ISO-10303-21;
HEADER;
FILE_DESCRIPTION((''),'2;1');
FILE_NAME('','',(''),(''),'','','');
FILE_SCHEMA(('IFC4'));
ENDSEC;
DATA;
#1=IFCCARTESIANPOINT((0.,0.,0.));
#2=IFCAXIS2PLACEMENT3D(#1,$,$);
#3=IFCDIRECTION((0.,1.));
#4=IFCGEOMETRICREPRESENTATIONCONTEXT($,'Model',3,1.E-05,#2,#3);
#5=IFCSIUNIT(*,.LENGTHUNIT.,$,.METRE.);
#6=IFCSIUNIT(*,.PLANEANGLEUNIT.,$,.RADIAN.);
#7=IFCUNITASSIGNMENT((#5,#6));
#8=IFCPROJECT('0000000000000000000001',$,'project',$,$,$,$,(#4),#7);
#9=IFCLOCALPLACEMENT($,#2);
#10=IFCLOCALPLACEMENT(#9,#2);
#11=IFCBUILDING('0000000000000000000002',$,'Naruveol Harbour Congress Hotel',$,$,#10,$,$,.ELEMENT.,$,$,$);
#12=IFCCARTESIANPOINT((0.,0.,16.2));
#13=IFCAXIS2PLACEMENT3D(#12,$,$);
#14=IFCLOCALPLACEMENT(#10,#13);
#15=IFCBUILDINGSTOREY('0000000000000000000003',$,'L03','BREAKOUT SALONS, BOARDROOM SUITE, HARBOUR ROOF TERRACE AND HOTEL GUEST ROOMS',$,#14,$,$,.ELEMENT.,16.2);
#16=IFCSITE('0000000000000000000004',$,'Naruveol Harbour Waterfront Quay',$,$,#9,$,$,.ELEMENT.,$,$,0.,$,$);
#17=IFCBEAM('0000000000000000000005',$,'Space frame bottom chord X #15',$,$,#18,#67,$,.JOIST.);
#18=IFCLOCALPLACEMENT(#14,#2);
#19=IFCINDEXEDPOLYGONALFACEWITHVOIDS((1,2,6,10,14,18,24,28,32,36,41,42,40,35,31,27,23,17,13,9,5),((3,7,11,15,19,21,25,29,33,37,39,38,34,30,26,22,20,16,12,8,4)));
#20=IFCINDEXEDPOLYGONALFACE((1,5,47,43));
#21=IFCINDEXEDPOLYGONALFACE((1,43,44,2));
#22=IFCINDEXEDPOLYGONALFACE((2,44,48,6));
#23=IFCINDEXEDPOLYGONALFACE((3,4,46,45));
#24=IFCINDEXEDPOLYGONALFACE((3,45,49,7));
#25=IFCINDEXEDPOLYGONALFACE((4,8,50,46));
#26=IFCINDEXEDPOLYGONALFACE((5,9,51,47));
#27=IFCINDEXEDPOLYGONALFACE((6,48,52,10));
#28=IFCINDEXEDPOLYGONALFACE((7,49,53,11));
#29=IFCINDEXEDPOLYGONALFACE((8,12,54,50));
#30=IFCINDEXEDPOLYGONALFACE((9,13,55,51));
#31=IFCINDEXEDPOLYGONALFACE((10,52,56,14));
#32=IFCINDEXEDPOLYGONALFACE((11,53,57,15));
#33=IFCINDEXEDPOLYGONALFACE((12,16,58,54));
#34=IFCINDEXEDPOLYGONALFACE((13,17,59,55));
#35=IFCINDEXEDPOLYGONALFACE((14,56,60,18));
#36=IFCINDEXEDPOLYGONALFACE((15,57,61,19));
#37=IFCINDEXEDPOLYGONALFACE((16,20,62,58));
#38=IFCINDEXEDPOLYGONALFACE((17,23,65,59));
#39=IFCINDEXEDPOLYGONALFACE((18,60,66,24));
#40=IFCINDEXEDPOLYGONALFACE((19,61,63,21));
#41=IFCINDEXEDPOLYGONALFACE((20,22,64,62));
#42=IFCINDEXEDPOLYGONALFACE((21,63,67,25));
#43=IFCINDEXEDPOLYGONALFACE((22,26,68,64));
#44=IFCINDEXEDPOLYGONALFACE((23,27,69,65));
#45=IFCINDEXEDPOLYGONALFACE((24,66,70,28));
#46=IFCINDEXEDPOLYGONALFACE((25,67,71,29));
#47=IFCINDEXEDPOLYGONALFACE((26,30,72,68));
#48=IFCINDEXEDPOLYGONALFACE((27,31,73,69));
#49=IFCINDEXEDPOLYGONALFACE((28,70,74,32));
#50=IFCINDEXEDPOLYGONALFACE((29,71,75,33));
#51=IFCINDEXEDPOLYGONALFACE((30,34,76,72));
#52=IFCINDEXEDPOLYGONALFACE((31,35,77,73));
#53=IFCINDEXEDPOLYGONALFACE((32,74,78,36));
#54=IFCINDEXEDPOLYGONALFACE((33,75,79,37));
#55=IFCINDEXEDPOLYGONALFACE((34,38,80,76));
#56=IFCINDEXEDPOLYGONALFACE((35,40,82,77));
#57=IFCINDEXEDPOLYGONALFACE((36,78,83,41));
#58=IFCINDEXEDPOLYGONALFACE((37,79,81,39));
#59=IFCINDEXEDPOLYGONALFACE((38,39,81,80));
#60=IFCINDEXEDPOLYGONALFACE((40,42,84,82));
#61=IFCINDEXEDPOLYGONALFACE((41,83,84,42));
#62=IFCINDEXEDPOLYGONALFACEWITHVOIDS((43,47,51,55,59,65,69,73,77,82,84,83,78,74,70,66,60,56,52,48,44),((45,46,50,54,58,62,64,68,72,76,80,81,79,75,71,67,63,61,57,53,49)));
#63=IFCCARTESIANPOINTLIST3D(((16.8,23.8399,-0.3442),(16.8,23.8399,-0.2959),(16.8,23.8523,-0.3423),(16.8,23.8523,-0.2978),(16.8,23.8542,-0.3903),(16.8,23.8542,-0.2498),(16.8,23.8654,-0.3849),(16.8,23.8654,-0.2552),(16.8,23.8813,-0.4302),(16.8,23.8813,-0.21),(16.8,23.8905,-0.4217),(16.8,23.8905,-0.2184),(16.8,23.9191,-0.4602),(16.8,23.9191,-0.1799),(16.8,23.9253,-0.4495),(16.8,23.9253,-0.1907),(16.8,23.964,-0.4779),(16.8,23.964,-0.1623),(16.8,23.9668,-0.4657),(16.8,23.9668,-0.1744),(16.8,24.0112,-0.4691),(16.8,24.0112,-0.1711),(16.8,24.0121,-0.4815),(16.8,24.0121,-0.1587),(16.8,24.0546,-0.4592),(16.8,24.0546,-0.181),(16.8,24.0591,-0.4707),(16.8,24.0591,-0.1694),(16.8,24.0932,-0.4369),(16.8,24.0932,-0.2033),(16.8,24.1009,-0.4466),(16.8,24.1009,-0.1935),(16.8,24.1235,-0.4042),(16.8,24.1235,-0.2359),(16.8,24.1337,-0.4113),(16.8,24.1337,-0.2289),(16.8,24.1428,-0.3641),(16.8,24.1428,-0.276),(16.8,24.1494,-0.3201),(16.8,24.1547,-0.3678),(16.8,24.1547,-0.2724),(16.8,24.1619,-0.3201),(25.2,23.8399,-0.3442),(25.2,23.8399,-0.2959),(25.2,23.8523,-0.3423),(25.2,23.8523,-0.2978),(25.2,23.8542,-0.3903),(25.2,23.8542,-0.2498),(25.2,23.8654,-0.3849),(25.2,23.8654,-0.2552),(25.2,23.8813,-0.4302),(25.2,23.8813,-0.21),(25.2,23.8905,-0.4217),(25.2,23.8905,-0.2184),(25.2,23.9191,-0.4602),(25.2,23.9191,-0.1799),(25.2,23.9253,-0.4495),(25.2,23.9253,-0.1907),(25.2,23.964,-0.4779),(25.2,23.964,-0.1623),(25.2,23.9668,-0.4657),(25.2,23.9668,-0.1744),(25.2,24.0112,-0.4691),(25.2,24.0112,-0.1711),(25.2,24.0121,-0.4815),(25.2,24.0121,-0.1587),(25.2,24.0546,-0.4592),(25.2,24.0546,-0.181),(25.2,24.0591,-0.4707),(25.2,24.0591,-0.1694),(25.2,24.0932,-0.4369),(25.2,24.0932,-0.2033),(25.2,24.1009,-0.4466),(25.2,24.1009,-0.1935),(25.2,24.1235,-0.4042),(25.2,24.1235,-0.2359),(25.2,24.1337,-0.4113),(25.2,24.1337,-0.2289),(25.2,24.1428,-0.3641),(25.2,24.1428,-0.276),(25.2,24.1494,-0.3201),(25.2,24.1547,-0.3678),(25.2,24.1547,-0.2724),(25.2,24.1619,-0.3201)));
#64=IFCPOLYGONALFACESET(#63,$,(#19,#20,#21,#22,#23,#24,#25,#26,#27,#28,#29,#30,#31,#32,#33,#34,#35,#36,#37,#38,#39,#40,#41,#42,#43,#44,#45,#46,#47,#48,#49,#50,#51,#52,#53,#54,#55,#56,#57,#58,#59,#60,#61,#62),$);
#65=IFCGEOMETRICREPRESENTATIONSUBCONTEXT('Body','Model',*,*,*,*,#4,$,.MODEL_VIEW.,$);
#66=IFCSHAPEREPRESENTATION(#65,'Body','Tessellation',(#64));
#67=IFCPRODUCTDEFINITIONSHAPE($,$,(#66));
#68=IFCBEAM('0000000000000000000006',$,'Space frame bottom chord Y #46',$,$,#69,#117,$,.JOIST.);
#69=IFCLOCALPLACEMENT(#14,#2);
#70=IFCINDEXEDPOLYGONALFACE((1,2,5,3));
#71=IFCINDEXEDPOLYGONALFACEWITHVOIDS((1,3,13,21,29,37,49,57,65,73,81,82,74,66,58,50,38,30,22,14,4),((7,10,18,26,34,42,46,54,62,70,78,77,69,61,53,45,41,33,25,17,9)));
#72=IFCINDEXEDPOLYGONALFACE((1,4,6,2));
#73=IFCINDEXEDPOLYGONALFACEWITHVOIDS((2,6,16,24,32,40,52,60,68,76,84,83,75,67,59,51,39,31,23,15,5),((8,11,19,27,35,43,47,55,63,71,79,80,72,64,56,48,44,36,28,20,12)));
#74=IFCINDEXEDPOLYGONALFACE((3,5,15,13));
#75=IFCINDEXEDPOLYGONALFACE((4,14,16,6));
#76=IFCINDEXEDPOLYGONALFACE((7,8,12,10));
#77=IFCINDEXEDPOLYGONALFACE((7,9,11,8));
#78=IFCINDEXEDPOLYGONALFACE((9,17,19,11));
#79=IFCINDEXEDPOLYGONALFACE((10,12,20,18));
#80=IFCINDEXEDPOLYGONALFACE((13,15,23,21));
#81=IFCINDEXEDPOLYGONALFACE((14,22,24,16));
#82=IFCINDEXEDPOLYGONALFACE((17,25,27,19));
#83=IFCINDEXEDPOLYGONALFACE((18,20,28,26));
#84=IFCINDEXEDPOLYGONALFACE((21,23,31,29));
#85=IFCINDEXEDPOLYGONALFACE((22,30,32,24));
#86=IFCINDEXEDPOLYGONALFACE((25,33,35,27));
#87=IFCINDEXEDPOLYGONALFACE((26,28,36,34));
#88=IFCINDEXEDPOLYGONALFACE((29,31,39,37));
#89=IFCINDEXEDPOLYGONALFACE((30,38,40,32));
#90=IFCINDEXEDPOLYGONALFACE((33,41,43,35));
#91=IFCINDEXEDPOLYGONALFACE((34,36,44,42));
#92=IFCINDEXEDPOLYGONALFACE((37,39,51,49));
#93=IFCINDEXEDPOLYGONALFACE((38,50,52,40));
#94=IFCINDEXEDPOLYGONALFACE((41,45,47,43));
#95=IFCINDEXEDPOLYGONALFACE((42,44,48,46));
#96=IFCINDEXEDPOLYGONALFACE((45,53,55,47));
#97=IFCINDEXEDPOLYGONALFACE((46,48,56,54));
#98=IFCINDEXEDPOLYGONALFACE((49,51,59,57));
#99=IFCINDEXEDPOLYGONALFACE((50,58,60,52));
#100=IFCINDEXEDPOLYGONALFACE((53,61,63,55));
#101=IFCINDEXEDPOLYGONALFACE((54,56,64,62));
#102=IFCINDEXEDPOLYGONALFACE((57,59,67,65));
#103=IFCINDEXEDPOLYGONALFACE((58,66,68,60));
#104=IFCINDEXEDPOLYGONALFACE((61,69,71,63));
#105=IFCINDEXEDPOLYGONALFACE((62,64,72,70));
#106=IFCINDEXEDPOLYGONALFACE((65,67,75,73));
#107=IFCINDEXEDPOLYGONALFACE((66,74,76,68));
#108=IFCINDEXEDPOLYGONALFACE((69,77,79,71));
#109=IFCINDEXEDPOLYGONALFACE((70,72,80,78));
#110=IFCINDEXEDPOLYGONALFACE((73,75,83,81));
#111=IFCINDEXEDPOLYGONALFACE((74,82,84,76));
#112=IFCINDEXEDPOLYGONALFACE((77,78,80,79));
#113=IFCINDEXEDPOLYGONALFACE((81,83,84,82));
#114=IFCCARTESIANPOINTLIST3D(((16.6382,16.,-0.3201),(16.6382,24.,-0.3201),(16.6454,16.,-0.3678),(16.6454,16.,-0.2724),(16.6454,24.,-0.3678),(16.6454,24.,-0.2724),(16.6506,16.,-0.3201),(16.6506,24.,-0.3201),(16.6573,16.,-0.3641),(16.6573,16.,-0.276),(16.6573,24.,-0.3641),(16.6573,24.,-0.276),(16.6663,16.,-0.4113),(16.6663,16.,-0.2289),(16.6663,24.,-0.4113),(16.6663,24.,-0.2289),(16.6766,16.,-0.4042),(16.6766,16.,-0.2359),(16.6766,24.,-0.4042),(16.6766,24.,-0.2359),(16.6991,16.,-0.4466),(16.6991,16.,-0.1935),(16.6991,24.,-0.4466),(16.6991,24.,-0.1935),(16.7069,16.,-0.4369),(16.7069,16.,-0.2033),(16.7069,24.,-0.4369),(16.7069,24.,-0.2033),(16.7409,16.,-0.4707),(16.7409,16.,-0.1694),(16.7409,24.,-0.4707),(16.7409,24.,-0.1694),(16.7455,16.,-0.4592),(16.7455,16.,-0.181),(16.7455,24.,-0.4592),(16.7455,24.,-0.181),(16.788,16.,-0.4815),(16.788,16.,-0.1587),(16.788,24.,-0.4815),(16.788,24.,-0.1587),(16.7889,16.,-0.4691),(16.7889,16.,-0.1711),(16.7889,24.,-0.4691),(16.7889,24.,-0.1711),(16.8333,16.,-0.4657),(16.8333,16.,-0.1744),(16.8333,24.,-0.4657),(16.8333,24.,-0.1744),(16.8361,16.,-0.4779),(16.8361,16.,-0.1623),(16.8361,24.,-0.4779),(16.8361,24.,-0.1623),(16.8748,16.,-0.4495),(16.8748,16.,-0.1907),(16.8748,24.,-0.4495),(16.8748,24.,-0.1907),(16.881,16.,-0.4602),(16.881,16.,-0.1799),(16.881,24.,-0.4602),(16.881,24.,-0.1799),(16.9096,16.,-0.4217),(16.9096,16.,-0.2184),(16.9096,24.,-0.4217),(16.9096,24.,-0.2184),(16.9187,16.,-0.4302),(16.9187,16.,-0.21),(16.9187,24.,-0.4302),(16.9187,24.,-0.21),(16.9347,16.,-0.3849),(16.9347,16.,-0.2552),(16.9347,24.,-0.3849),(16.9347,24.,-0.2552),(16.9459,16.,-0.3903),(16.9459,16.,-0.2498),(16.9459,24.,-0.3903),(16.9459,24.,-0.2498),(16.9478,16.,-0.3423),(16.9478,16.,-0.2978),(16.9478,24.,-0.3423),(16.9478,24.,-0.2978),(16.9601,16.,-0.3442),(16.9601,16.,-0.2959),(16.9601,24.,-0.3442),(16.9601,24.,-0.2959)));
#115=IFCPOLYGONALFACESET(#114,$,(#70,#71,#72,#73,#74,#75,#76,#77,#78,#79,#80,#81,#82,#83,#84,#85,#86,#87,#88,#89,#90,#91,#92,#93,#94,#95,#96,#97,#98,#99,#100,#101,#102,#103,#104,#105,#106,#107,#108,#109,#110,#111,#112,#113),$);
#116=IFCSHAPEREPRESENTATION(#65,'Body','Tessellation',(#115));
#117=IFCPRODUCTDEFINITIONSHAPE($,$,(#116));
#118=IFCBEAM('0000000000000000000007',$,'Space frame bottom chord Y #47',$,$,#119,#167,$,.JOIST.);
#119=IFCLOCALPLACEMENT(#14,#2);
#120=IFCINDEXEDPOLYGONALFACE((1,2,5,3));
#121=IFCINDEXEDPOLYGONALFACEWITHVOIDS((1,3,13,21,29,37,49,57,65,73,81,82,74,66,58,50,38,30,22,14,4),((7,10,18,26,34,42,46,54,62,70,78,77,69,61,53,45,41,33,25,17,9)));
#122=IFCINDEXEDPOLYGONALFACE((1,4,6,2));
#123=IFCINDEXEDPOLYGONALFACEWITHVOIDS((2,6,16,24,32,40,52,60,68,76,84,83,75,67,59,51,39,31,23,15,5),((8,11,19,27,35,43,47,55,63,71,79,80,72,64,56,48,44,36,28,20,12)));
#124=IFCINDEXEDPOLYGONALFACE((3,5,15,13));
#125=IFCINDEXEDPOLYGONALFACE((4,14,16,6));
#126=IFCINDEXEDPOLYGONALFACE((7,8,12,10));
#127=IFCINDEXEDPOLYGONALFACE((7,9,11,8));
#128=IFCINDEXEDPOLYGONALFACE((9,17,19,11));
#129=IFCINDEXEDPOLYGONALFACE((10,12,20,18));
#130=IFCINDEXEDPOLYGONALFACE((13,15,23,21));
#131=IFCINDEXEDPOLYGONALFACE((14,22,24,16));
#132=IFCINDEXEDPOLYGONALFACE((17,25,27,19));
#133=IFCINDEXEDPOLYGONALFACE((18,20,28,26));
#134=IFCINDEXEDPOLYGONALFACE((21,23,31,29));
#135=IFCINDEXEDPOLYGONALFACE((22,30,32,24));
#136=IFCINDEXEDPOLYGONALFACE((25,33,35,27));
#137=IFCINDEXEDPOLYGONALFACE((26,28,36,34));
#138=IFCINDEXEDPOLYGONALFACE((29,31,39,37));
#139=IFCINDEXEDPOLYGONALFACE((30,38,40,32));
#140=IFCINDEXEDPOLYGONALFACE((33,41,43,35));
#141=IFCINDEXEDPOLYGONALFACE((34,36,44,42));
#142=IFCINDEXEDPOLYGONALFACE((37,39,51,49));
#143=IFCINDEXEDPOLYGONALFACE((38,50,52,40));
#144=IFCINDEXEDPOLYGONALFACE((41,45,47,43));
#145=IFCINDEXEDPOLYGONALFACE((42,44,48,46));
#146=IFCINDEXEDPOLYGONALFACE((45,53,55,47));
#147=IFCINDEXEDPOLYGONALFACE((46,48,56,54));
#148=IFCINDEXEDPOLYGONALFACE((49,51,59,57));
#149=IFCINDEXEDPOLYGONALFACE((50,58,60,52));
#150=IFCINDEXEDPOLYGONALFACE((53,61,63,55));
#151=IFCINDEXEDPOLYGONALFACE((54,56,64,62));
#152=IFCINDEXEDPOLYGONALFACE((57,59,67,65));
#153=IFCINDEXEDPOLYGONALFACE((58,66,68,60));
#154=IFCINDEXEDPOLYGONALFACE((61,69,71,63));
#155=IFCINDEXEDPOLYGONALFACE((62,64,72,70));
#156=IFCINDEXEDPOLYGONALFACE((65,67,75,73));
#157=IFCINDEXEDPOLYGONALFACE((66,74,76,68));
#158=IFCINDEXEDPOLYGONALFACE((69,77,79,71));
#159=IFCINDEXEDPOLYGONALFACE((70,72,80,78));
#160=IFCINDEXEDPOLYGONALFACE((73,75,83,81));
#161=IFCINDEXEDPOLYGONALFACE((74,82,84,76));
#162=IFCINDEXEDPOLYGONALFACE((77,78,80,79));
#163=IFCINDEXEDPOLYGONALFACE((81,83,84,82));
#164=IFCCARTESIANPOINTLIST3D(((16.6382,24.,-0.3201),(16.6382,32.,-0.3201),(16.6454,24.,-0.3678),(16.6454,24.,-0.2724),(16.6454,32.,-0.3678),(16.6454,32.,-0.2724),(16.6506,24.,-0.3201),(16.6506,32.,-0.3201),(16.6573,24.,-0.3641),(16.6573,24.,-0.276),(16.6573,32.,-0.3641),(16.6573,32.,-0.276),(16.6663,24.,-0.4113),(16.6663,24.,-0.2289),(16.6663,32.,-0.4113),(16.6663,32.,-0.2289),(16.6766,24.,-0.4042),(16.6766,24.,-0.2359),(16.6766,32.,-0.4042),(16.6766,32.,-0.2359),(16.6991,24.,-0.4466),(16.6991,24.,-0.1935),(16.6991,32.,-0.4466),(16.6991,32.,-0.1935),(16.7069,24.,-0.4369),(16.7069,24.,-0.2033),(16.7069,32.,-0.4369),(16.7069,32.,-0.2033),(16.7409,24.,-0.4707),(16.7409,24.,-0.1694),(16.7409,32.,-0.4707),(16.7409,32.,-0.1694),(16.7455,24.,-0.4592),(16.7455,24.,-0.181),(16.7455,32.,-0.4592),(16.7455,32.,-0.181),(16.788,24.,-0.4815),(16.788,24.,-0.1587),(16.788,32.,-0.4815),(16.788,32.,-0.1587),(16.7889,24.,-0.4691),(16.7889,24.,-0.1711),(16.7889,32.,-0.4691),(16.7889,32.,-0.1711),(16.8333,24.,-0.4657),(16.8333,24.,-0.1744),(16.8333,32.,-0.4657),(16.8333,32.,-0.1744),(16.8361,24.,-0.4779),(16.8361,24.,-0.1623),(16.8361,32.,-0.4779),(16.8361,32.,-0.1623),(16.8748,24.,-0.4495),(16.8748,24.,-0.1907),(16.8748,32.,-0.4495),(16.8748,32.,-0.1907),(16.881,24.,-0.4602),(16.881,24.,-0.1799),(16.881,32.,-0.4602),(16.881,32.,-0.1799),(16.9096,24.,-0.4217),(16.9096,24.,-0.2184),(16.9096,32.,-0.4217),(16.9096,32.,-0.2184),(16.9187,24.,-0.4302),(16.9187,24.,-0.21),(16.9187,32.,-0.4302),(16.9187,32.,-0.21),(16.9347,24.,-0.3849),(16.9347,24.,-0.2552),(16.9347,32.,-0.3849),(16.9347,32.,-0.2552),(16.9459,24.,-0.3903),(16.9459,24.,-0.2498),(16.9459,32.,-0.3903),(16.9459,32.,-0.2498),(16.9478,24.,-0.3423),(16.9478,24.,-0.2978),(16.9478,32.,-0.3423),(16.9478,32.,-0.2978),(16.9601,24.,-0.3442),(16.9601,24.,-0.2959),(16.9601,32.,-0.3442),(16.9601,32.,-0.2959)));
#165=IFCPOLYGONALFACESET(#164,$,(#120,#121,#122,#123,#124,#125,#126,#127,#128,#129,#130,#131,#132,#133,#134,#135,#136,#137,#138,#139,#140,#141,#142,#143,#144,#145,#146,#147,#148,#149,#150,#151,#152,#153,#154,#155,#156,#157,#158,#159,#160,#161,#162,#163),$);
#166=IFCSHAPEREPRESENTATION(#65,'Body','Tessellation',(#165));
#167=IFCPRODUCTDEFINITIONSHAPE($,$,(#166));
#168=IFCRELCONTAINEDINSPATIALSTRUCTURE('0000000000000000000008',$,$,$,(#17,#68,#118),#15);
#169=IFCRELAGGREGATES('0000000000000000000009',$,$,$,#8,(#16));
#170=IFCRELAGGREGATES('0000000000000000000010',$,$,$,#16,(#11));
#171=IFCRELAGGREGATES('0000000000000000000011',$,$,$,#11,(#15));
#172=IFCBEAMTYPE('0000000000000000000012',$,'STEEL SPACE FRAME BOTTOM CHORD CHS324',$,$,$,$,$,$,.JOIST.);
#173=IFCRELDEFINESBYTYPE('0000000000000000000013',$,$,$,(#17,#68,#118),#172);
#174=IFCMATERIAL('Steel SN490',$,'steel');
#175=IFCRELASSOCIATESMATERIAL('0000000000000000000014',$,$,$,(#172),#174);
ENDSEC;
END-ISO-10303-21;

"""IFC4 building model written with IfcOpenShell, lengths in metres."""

from ifc_helpers import new_model, si_unit, direction, frame, origin, origin_2d, place, context, subcontext, project, spatial, hollow_circle, extrude, material, material_profile, profile_set, type_object, element, save


model = new_model("IFC4")

# Units and contexts
model_context = context("Model", 3, precision=1e-05, world=origin(), true_north=direction((0.0, 1.0)))
body_context = subcontext(model_context, "Body", "Model", "MODEL_VIEW")
ifc_project = project(units=[si_unit("LENGTHUNIT", "METRE"), si_unit("PLANEANGLEUNIT", "RADIAN")], contexts=[model_context])

# Site, building, storey
site_placement = place(None, origin())
site = spatial("IfcSite", under=ifc_project, at=site_placement, Name="Naruveol Harbour Waterfront Quay", CompositionType="ELEMENT", RefElevation=0.0)
building_placement = place(site_placement, origin())
building = spatial("IfcBuilding", under=site, at=building_placement, Name="Naruveol Harbour Congress Hotel", CompositionType="ELEMENT")
storey_placement = place(building_placement, frame((0.0, 0.0, 16.2)))
storey = spatial("IfcBuildingStorey", under=building, at=storey_placement, Name="L03", Description="BREAKOUT SALONS, BOARDROOM SUITE, HARBOUR ROOF TERRACE AND HOTEL GUEST ROOMS", CompositionType="ELEMENT", Elevation=16.2)

# Beams
ifc_material_1 = material(Name="Steel SN490", Category="steel")
ifc_material_profile_1 = material_profile(ifc_material_1, hollow_circle(Radius=0.1619, WallThickness=0.0125, at=origin_2d()), Name="CHS-323.9x12.5")
ifc_profile_set_1 = profile_set([ifc_material_profile_1], Name="Steel SN490")
beam_type_1 = type_object("IfcBeamType", Name="STEEL SPACE FRAME BOTTOM CHORD CHS324", PredefinedType="JOIST", material=ifc_profile_set_1)
beam_1_placement = place(storey_placement, frame((16.8, 24.0, -0.3201), z_axis=(1.0, 0.0, 0.0), x_axis=(0.0, 1.0, 0.0)))
element("IfcBeam", 1, at=beam_1_placement, inside=storey, type_object=beam_type_1, Name="Space frame bottom chord X #15", PredefinedType="JOIST", context=body_context, shape_type="SweptSolid", body=[
    extrude(hollow_circle(Radius=0.1619, WallThickness=0.0125, at=origin_2d()), origin(), (0.0, 0.0, 1.0), 8.3999),
])
for number, where, z_axis, x_axis, name in (
    (2, (16.8, 16.0, -0.3201), (0.0, 1.0, 0.0), (-1.0, 0.0, 0.0), "Space frame bottom chord Y #46"),
    (3, (16.8, 24.0, -0.3201), (0.0, 1.0, 0.0), (-1.0, 0.0, 0.0), "Space frame bottom chord Y #47"),
):
    element("IfcBeam", number, at=place(storey_placement, frame(where, z_axis=z_axis, x_axis=x_axis)), inside=storey, type_object=beam_type_1, Name=name, PredefinedType="JOIST", context=body_context, shape_type="SweptSolid", body=[
        extrude(hollow_circle(Radius=0.1619, WallThickness=0.0125, at=origin_2d()), origin(), (0.0, 0.0, 1.0), 8.0),
    ])

save(model, "model.ifc")
